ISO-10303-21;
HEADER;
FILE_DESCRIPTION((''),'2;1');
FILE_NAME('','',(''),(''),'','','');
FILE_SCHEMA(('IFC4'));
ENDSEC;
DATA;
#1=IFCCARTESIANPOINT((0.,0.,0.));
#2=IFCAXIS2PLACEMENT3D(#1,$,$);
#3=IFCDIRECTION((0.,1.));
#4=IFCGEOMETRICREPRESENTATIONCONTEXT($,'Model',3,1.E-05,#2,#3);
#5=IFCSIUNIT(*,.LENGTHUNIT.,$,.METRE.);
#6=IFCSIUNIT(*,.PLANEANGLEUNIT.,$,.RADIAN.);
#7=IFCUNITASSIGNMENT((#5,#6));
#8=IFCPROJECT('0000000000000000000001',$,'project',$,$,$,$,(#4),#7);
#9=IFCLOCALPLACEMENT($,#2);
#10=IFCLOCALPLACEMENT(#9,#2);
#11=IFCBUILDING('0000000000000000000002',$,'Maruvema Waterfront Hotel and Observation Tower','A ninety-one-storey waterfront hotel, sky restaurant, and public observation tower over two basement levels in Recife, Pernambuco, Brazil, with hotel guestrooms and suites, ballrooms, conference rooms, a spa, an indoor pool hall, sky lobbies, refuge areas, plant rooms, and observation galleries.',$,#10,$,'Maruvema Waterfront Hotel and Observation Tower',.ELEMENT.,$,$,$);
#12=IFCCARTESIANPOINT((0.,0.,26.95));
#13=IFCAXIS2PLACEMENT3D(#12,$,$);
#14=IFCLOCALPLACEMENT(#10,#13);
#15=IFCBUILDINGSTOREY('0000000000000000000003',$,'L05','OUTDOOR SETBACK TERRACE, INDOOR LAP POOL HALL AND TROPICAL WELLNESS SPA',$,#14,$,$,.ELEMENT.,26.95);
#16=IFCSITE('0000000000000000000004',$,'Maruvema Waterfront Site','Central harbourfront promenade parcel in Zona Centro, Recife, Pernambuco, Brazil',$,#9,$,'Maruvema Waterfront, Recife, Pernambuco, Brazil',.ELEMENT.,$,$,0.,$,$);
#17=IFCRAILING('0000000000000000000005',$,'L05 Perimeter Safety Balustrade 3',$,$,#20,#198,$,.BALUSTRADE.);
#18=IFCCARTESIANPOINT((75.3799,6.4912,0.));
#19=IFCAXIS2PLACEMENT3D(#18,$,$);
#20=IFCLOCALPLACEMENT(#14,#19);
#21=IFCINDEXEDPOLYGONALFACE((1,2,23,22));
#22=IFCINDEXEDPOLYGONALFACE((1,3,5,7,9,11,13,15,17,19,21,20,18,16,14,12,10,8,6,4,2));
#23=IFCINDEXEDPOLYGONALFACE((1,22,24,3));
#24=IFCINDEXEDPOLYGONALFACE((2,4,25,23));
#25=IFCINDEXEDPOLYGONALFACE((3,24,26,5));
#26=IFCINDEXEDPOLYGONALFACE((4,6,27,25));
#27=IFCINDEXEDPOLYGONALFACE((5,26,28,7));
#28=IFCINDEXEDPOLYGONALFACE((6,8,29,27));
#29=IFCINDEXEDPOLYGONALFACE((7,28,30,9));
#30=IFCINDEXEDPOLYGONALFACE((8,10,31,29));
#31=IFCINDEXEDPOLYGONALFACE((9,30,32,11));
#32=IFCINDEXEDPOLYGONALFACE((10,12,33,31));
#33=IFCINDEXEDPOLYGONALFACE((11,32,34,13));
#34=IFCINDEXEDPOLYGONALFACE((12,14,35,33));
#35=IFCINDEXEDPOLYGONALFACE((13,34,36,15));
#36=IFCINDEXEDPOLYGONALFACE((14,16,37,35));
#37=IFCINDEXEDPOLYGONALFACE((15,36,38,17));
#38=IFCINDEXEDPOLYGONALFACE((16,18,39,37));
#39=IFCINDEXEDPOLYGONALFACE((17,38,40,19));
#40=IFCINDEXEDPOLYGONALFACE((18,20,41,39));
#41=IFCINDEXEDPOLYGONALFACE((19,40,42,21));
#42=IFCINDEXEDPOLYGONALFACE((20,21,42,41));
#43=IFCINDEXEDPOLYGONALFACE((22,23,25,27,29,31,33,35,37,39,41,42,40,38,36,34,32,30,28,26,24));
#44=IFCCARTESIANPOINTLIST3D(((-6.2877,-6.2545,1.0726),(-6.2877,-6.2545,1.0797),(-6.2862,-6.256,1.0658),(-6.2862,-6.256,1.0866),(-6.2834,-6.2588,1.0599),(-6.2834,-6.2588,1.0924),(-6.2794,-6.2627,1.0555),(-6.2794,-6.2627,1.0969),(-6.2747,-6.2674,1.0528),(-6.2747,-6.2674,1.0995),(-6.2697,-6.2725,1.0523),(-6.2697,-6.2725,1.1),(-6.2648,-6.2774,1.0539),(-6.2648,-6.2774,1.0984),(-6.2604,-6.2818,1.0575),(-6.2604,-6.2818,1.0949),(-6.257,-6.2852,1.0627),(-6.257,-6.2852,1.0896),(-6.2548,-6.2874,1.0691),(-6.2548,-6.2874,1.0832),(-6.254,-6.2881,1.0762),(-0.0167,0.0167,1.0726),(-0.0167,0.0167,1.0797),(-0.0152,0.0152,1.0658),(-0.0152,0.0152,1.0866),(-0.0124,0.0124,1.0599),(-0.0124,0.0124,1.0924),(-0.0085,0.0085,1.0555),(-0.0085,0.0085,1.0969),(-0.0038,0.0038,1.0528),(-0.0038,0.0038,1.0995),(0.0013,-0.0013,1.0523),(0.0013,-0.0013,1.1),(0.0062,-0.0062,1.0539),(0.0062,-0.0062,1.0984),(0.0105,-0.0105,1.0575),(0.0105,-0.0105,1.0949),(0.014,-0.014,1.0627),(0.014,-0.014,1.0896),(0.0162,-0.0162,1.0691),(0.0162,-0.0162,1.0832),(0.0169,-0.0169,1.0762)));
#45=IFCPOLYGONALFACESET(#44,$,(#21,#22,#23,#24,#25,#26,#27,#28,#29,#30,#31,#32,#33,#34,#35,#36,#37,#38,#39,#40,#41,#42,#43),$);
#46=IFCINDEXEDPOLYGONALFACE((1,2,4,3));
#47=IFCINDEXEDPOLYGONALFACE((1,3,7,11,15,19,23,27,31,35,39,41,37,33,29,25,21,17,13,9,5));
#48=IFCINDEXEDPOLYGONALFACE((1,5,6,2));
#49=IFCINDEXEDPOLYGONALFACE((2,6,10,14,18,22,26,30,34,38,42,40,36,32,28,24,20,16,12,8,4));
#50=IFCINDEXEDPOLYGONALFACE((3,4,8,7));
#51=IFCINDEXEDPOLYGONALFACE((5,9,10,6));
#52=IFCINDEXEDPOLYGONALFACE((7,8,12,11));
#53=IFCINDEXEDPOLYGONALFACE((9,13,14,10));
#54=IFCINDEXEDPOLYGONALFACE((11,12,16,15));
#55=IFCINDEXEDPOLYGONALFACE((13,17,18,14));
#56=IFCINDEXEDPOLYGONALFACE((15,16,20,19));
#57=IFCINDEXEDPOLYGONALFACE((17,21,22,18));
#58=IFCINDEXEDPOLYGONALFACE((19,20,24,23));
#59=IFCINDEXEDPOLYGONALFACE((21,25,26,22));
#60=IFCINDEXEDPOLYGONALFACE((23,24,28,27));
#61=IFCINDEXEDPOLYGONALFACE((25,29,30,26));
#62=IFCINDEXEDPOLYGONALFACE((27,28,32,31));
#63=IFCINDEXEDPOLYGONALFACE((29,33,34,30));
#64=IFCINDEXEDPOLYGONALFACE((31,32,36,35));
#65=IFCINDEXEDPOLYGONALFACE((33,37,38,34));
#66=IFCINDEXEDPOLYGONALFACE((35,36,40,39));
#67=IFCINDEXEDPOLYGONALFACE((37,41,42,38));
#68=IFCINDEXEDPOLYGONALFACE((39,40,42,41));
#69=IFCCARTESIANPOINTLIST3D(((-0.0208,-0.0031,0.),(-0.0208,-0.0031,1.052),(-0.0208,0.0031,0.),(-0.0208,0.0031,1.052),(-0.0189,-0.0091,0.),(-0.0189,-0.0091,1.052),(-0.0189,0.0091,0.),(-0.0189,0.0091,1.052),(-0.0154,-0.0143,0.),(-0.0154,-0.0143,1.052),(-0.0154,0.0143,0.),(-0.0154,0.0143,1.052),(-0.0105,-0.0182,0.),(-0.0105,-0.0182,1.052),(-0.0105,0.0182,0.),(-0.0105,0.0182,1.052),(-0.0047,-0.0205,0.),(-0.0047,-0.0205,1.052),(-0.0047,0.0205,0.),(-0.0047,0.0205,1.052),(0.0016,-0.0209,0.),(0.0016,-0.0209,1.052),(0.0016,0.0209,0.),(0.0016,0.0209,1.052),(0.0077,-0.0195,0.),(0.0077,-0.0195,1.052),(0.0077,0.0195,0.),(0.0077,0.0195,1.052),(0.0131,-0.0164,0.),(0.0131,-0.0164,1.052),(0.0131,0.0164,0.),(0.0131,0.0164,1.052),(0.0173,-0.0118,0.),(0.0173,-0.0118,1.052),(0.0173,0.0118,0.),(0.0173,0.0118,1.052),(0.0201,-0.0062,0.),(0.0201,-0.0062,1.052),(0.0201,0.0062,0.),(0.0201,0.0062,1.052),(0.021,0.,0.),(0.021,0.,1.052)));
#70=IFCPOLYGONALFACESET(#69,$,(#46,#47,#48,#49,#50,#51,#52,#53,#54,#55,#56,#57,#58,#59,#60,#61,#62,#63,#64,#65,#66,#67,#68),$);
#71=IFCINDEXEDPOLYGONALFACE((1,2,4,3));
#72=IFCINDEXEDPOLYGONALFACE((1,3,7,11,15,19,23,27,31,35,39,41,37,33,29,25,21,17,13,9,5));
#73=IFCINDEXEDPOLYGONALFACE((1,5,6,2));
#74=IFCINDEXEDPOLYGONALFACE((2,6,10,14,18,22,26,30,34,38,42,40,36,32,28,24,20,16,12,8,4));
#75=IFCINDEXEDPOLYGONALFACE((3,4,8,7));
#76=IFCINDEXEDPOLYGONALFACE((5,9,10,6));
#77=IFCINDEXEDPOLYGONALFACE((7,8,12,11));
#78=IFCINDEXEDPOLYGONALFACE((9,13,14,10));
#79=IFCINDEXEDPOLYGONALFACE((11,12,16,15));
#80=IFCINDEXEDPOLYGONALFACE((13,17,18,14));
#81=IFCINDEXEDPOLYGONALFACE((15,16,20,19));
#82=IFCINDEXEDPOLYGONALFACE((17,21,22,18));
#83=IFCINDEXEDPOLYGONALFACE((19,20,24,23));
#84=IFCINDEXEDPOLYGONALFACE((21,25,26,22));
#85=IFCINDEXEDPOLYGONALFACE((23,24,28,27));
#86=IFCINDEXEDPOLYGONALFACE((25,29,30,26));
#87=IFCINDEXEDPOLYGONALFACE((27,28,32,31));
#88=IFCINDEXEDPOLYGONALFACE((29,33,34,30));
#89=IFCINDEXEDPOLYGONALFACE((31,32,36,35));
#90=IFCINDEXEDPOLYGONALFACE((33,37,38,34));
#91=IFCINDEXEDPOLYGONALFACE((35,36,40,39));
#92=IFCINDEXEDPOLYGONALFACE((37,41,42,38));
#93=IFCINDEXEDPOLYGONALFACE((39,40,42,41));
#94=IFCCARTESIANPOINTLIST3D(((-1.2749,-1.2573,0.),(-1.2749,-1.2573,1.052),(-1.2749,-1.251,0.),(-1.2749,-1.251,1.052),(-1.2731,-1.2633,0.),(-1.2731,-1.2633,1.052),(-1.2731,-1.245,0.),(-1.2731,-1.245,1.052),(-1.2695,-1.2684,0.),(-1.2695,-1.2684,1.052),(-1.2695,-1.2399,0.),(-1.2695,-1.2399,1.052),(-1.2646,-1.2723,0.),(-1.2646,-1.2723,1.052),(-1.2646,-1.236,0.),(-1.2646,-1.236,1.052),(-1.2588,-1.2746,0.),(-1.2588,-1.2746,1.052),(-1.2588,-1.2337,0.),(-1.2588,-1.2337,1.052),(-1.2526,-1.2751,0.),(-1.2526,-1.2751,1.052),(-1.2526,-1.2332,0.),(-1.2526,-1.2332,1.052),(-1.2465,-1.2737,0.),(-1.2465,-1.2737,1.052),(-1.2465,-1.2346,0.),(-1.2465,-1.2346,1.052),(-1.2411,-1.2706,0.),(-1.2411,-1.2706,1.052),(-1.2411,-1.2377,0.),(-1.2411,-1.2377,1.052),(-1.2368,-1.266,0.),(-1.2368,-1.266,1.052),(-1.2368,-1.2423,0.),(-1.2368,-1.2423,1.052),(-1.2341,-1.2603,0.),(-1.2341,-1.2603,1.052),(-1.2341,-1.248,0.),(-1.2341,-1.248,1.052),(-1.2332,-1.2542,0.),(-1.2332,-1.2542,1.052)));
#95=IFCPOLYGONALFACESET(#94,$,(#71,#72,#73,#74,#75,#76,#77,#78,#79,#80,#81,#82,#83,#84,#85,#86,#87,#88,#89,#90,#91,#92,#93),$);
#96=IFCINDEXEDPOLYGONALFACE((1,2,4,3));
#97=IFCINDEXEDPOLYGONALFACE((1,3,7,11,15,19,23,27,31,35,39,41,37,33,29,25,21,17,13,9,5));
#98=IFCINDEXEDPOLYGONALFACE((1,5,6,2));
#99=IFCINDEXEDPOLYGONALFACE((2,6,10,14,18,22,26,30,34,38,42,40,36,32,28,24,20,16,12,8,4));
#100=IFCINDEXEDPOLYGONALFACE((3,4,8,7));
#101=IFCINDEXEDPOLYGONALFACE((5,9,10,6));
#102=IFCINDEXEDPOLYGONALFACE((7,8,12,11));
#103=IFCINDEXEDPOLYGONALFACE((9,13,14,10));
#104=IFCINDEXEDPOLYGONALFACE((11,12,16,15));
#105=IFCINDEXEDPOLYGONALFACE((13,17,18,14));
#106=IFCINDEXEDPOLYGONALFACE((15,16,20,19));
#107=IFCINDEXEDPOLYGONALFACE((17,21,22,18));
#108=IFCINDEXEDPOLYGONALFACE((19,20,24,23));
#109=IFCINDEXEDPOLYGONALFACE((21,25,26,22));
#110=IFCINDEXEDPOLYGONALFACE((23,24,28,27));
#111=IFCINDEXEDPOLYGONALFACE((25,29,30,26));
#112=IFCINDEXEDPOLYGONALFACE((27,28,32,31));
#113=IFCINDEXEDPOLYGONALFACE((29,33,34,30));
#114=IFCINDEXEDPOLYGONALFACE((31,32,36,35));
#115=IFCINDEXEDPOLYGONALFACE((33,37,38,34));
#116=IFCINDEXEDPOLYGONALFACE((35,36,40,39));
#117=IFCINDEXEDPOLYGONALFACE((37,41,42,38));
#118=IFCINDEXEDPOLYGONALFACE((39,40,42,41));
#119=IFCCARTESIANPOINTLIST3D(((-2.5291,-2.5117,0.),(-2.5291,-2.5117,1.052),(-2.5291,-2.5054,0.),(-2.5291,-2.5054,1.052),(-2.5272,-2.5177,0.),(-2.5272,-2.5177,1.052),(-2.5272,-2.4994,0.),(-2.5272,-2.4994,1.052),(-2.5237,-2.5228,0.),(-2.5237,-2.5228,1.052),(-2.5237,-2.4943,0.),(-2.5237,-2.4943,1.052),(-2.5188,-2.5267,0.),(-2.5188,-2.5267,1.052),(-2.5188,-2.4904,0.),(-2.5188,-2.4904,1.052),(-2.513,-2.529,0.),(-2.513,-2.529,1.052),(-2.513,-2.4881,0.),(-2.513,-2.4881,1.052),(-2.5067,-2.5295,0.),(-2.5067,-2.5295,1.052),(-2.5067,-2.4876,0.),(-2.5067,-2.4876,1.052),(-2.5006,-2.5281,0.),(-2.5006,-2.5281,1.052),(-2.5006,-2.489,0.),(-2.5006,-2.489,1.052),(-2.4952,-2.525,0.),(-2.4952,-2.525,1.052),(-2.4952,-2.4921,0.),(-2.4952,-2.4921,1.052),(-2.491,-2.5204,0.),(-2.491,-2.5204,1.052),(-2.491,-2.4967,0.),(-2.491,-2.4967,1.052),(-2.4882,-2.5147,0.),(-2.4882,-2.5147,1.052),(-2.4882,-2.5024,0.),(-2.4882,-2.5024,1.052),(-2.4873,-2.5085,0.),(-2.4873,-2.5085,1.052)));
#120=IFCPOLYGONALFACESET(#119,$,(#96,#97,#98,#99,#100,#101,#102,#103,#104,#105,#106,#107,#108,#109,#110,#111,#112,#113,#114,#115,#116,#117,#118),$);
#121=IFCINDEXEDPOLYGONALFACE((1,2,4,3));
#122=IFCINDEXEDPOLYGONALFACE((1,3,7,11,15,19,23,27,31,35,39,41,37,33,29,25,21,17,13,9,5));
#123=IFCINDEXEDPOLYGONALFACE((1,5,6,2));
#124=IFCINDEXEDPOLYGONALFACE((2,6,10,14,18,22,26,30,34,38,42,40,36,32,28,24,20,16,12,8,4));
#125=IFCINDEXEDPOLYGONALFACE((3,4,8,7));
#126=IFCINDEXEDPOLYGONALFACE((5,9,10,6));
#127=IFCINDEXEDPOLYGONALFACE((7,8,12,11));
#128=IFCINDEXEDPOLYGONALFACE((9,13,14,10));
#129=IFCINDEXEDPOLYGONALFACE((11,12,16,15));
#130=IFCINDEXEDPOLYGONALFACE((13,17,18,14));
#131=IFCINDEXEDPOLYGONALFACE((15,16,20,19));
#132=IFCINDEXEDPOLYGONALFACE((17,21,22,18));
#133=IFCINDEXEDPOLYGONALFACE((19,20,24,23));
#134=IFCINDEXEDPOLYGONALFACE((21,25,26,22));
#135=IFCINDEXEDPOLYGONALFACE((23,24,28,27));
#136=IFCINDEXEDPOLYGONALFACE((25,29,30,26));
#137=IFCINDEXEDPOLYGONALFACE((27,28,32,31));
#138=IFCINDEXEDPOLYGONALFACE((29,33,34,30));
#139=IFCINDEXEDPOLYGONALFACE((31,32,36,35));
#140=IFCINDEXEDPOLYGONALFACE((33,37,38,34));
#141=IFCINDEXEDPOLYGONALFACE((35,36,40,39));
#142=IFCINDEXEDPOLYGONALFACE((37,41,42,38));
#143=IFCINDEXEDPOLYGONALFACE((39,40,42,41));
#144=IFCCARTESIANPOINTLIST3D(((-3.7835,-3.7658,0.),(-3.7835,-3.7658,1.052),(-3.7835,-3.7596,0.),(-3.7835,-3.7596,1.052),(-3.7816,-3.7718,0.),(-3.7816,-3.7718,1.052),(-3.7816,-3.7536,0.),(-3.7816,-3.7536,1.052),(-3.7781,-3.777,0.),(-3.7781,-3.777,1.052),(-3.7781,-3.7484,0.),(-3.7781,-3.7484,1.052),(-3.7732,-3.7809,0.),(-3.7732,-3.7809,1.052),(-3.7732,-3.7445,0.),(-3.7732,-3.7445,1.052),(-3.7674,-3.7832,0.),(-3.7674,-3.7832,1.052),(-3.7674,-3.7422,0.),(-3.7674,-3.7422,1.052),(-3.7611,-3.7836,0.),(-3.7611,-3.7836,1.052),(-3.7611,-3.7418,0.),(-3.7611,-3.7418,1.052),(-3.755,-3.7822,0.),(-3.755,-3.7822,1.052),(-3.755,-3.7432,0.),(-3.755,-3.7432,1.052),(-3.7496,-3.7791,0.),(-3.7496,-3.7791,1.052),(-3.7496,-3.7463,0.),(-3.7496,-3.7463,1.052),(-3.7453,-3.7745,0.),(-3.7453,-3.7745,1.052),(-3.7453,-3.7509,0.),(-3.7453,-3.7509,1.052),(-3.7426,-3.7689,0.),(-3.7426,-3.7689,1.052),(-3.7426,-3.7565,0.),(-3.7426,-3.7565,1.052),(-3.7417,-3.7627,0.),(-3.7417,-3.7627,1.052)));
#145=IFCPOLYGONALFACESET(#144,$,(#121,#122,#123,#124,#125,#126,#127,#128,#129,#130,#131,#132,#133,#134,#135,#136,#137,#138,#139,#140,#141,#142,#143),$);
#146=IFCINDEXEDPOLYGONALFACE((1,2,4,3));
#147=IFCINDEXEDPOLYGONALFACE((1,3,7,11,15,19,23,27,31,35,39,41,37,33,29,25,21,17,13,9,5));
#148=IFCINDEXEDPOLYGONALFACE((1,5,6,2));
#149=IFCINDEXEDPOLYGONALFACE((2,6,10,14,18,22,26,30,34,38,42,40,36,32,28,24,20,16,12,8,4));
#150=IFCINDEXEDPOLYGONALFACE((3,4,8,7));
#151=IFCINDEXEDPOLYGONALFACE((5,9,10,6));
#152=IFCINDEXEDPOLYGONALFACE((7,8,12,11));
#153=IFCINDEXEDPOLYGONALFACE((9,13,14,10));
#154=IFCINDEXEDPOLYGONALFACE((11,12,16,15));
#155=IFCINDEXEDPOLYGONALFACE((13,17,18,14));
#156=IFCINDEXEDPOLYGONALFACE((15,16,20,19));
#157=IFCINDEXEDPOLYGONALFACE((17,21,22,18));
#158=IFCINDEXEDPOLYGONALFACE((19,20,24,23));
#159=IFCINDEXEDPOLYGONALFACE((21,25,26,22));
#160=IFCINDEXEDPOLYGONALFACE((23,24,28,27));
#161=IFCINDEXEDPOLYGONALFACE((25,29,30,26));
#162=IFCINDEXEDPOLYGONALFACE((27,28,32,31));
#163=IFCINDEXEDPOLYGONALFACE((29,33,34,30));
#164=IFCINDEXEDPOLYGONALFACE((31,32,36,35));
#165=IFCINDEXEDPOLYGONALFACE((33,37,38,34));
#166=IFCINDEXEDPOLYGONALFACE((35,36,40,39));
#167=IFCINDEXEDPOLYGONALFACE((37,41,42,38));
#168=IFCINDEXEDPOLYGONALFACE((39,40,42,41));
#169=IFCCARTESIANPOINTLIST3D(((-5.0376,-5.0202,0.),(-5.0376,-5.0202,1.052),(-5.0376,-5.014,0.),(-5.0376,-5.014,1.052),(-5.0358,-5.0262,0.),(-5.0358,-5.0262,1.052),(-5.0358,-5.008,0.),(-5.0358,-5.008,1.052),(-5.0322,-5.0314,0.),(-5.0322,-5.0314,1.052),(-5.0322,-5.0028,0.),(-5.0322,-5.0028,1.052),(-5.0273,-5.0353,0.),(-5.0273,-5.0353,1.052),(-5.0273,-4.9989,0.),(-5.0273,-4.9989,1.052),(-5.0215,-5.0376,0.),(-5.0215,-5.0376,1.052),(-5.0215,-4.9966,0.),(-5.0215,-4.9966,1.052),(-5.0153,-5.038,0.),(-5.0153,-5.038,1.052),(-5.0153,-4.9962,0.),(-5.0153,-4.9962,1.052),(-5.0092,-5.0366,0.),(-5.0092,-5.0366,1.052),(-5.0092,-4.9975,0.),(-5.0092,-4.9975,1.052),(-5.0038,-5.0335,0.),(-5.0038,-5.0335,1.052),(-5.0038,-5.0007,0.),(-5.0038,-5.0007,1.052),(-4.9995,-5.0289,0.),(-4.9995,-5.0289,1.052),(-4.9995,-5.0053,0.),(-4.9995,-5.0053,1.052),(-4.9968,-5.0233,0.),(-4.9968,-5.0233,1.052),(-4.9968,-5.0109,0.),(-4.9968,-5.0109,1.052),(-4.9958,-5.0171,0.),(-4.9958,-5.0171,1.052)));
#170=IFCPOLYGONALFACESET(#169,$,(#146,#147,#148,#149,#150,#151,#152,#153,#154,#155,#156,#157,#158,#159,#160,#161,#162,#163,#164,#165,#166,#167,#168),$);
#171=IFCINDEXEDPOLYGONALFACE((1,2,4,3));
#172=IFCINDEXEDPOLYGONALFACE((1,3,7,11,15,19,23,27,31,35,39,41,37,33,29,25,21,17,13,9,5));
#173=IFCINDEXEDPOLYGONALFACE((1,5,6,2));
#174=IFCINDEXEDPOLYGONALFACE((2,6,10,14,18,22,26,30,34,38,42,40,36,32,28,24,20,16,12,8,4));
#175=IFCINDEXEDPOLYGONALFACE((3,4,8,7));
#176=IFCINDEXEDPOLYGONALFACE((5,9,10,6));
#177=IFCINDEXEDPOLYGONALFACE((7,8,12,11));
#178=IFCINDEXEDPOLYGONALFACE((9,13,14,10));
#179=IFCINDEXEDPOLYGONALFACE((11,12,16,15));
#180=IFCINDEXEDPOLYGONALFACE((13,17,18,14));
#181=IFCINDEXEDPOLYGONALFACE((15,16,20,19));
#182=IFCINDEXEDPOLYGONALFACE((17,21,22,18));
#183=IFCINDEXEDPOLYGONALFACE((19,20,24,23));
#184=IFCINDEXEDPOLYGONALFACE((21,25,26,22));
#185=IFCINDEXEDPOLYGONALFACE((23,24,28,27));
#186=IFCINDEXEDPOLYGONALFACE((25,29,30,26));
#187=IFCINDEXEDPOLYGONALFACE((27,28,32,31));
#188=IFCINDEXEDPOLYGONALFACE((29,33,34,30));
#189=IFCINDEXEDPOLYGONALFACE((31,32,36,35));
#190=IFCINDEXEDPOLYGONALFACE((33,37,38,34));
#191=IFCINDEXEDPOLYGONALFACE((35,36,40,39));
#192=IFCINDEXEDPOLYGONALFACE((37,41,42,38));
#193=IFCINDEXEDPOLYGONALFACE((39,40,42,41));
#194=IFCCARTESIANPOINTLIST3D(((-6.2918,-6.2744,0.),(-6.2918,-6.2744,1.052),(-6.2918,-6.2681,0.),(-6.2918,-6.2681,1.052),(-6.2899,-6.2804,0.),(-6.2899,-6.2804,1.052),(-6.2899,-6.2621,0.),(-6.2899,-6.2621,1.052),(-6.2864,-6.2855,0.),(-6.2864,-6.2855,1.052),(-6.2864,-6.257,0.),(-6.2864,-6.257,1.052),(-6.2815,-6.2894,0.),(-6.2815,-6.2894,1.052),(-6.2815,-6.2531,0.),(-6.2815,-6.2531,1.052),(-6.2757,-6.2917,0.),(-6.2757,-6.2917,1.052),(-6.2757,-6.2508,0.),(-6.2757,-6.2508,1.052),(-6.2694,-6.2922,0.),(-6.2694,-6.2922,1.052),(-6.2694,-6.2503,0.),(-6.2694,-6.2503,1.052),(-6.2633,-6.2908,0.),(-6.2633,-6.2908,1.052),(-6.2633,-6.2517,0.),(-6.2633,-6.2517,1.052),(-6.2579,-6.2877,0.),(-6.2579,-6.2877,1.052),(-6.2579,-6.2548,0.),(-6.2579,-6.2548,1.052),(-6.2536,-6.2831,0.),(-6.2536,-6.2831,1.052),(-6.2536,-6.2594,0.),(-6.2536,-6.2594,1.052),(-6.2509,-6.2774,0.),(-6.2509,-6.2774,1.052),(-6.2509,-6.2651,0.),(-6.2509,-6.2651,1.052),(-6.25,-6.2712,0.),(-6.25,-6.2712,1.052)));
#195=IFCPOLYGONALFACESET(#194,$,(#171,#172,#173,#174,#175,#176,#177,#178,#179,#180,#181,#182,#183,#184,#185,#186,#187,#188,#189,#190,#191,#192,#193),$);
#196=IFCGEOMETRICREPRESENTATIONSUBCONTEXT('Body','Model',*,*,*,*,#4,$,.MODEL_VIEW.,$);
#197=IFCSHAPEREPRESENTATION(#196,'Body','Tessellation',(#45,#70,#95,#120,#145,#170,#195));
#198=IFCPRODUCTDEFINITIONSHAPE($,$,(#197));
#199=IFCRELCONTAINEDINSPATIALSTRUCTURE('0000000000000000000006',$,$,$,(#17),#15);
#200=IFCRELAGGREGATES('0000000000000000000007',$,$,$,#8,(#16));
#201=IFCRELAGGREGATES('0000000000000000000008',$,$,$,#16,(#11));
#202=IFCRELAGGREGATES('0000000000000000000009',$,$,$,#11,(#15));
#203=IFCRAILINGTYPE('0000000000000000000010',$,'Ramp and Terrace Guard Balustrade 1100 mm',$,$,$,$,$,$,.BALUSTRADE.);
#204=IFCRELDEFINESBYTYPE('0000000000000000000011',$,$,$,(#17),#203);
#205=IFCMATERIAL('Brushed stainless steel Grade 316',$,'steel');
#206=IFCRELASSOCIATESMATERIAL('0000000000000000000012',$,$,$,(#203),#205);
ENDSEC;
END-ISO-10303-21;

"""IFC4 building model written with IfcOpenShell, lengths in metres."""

from ifc_helpers import new_model, si_unit, direction, frame, origin, origin_2d, place, context, subcontext, project, spatial, circle, extrude, material, type_object, element, save


model = new_model("IFC4")

# Units and contexts
model_context = context("Model", 3, precision=1e-05, world=origin(), true_north=direction((0.0, 1.0)))
body_context = subcontext(model_context, "Body", "Model", "MODEL_VIEW")
ifc_project = project(units=[si_unit("LENGTHUNIT", "METRE"), si_unit("PLANEANGLEUNIT", "RADIAN")], contexts=[model_context])

# Site, building, storey
site_placement = place(None, origin())
site = spatial("IfcSite", under=ifc_project, at=site_placement, Name="Maruvema Waterfront Site", Description="Central harbourfront promenade parcel in Zona Centro, Recife, Pernambuco, Brazil", LongName="Maruvema Waterfront, Recife, Pernambuco, Brazil", CompositionType="ELEMENT", RefElevation=0.0)
building_placement = place(site_placement, origin())
building = spatial("IfcBuilding", under=site, at=building_placement, Name="Maruvema Waterfront Hotel and Observation Tower", Description="A ninety-one-storey waterfront hotel, sky restaurant, and public observation tower over two basement levels in Recife, Pernambuco, Brazil, with hotel guestrooms and suites, ballrooms, conference rooms, a spa, an indoor pool hall, sky lobbies, refuge areas, plant rooms, and observation galleries.", LongName="Maruvema Waterfront Hotel and Observation Tower", CompositionType="ELEMENT")
storey_placement = place(building_placement, frame((0.0, 0.0, 26.95)))
storey = spatial("IfcBuildingStorey", under=building, at=storey_placement, Name="L05", Description="OUTDOOR SETBACK TERRACE, INDOOR LAP POOL HALL AND TROPICAL WELLNESS SPA", CompositionType="ELEMENT", Elevation=26.95)

# Railing
ifc_material_1 = material(Name="Brushed stainless steel Grade 316", Category="steel")
railing_type = type_object("IfcRailingType", Name="Ramp and Terrace Guard Balustrade 1100 mm", PredefinedType="BALUSTRADE", material=ifc_material_1)
railing_1_placement = place(storey_placement, frame((75.3799, 6.4912, 0.0)))
element("IfcRailing", 1, at=railing_1_placement, inside=storey, type_object=railing_type, Name="L05 Perimeter Safety Balustrade 3", PredefinedType="BALUSTRADE", context=body_context, shape_type="SweptSolid", body=[
    extrude(circle(Radius=0.0239, at=origin_2d()), frame((0.0, 0.0, 1.0762), z_axis=(-0.707093, -0.707121, 0.0), x_axis=(0.707121, -0.707093, 0.0)), (0.0, 0.0, 1.0), 8.8687),
    extrude(circle(Radius=0.021, at=origin_2d()), origin(), (0.0, 0.0, 1.0), 1.052),
    extrude(circle(Radius=0.021, at=origin_2d()), frame((-1.2542, -1.2542, 0.0)), (0.0, 0.0, 1.0), 1.052),
    extrude(circle(Radius=0.021, at=origin_2d()), frame((-2.5083, -2.5085, 0.0)), (0.0, 0.0, 1.0), 1.052),
    extrude(circle(Radius=0.021, at=origin_2d()), frame((-3.7627, -3.7627, 0.0)), (0.0, 0.0, 1.0), 1.052),
    extrude(circle(Radius=0.021, at=origin_2d()), frame((-5.0168, -5.0171, 0.0)), (0.0, 0.0, 1.0), 1.052),
    extrude(circle(Radius=0.021, at=origin_2d()), frame((-6.271, -6.2712, 0.0)), (0.0, 0.0, 1.0), 1.052),
])

save(model, "model.ifc")
